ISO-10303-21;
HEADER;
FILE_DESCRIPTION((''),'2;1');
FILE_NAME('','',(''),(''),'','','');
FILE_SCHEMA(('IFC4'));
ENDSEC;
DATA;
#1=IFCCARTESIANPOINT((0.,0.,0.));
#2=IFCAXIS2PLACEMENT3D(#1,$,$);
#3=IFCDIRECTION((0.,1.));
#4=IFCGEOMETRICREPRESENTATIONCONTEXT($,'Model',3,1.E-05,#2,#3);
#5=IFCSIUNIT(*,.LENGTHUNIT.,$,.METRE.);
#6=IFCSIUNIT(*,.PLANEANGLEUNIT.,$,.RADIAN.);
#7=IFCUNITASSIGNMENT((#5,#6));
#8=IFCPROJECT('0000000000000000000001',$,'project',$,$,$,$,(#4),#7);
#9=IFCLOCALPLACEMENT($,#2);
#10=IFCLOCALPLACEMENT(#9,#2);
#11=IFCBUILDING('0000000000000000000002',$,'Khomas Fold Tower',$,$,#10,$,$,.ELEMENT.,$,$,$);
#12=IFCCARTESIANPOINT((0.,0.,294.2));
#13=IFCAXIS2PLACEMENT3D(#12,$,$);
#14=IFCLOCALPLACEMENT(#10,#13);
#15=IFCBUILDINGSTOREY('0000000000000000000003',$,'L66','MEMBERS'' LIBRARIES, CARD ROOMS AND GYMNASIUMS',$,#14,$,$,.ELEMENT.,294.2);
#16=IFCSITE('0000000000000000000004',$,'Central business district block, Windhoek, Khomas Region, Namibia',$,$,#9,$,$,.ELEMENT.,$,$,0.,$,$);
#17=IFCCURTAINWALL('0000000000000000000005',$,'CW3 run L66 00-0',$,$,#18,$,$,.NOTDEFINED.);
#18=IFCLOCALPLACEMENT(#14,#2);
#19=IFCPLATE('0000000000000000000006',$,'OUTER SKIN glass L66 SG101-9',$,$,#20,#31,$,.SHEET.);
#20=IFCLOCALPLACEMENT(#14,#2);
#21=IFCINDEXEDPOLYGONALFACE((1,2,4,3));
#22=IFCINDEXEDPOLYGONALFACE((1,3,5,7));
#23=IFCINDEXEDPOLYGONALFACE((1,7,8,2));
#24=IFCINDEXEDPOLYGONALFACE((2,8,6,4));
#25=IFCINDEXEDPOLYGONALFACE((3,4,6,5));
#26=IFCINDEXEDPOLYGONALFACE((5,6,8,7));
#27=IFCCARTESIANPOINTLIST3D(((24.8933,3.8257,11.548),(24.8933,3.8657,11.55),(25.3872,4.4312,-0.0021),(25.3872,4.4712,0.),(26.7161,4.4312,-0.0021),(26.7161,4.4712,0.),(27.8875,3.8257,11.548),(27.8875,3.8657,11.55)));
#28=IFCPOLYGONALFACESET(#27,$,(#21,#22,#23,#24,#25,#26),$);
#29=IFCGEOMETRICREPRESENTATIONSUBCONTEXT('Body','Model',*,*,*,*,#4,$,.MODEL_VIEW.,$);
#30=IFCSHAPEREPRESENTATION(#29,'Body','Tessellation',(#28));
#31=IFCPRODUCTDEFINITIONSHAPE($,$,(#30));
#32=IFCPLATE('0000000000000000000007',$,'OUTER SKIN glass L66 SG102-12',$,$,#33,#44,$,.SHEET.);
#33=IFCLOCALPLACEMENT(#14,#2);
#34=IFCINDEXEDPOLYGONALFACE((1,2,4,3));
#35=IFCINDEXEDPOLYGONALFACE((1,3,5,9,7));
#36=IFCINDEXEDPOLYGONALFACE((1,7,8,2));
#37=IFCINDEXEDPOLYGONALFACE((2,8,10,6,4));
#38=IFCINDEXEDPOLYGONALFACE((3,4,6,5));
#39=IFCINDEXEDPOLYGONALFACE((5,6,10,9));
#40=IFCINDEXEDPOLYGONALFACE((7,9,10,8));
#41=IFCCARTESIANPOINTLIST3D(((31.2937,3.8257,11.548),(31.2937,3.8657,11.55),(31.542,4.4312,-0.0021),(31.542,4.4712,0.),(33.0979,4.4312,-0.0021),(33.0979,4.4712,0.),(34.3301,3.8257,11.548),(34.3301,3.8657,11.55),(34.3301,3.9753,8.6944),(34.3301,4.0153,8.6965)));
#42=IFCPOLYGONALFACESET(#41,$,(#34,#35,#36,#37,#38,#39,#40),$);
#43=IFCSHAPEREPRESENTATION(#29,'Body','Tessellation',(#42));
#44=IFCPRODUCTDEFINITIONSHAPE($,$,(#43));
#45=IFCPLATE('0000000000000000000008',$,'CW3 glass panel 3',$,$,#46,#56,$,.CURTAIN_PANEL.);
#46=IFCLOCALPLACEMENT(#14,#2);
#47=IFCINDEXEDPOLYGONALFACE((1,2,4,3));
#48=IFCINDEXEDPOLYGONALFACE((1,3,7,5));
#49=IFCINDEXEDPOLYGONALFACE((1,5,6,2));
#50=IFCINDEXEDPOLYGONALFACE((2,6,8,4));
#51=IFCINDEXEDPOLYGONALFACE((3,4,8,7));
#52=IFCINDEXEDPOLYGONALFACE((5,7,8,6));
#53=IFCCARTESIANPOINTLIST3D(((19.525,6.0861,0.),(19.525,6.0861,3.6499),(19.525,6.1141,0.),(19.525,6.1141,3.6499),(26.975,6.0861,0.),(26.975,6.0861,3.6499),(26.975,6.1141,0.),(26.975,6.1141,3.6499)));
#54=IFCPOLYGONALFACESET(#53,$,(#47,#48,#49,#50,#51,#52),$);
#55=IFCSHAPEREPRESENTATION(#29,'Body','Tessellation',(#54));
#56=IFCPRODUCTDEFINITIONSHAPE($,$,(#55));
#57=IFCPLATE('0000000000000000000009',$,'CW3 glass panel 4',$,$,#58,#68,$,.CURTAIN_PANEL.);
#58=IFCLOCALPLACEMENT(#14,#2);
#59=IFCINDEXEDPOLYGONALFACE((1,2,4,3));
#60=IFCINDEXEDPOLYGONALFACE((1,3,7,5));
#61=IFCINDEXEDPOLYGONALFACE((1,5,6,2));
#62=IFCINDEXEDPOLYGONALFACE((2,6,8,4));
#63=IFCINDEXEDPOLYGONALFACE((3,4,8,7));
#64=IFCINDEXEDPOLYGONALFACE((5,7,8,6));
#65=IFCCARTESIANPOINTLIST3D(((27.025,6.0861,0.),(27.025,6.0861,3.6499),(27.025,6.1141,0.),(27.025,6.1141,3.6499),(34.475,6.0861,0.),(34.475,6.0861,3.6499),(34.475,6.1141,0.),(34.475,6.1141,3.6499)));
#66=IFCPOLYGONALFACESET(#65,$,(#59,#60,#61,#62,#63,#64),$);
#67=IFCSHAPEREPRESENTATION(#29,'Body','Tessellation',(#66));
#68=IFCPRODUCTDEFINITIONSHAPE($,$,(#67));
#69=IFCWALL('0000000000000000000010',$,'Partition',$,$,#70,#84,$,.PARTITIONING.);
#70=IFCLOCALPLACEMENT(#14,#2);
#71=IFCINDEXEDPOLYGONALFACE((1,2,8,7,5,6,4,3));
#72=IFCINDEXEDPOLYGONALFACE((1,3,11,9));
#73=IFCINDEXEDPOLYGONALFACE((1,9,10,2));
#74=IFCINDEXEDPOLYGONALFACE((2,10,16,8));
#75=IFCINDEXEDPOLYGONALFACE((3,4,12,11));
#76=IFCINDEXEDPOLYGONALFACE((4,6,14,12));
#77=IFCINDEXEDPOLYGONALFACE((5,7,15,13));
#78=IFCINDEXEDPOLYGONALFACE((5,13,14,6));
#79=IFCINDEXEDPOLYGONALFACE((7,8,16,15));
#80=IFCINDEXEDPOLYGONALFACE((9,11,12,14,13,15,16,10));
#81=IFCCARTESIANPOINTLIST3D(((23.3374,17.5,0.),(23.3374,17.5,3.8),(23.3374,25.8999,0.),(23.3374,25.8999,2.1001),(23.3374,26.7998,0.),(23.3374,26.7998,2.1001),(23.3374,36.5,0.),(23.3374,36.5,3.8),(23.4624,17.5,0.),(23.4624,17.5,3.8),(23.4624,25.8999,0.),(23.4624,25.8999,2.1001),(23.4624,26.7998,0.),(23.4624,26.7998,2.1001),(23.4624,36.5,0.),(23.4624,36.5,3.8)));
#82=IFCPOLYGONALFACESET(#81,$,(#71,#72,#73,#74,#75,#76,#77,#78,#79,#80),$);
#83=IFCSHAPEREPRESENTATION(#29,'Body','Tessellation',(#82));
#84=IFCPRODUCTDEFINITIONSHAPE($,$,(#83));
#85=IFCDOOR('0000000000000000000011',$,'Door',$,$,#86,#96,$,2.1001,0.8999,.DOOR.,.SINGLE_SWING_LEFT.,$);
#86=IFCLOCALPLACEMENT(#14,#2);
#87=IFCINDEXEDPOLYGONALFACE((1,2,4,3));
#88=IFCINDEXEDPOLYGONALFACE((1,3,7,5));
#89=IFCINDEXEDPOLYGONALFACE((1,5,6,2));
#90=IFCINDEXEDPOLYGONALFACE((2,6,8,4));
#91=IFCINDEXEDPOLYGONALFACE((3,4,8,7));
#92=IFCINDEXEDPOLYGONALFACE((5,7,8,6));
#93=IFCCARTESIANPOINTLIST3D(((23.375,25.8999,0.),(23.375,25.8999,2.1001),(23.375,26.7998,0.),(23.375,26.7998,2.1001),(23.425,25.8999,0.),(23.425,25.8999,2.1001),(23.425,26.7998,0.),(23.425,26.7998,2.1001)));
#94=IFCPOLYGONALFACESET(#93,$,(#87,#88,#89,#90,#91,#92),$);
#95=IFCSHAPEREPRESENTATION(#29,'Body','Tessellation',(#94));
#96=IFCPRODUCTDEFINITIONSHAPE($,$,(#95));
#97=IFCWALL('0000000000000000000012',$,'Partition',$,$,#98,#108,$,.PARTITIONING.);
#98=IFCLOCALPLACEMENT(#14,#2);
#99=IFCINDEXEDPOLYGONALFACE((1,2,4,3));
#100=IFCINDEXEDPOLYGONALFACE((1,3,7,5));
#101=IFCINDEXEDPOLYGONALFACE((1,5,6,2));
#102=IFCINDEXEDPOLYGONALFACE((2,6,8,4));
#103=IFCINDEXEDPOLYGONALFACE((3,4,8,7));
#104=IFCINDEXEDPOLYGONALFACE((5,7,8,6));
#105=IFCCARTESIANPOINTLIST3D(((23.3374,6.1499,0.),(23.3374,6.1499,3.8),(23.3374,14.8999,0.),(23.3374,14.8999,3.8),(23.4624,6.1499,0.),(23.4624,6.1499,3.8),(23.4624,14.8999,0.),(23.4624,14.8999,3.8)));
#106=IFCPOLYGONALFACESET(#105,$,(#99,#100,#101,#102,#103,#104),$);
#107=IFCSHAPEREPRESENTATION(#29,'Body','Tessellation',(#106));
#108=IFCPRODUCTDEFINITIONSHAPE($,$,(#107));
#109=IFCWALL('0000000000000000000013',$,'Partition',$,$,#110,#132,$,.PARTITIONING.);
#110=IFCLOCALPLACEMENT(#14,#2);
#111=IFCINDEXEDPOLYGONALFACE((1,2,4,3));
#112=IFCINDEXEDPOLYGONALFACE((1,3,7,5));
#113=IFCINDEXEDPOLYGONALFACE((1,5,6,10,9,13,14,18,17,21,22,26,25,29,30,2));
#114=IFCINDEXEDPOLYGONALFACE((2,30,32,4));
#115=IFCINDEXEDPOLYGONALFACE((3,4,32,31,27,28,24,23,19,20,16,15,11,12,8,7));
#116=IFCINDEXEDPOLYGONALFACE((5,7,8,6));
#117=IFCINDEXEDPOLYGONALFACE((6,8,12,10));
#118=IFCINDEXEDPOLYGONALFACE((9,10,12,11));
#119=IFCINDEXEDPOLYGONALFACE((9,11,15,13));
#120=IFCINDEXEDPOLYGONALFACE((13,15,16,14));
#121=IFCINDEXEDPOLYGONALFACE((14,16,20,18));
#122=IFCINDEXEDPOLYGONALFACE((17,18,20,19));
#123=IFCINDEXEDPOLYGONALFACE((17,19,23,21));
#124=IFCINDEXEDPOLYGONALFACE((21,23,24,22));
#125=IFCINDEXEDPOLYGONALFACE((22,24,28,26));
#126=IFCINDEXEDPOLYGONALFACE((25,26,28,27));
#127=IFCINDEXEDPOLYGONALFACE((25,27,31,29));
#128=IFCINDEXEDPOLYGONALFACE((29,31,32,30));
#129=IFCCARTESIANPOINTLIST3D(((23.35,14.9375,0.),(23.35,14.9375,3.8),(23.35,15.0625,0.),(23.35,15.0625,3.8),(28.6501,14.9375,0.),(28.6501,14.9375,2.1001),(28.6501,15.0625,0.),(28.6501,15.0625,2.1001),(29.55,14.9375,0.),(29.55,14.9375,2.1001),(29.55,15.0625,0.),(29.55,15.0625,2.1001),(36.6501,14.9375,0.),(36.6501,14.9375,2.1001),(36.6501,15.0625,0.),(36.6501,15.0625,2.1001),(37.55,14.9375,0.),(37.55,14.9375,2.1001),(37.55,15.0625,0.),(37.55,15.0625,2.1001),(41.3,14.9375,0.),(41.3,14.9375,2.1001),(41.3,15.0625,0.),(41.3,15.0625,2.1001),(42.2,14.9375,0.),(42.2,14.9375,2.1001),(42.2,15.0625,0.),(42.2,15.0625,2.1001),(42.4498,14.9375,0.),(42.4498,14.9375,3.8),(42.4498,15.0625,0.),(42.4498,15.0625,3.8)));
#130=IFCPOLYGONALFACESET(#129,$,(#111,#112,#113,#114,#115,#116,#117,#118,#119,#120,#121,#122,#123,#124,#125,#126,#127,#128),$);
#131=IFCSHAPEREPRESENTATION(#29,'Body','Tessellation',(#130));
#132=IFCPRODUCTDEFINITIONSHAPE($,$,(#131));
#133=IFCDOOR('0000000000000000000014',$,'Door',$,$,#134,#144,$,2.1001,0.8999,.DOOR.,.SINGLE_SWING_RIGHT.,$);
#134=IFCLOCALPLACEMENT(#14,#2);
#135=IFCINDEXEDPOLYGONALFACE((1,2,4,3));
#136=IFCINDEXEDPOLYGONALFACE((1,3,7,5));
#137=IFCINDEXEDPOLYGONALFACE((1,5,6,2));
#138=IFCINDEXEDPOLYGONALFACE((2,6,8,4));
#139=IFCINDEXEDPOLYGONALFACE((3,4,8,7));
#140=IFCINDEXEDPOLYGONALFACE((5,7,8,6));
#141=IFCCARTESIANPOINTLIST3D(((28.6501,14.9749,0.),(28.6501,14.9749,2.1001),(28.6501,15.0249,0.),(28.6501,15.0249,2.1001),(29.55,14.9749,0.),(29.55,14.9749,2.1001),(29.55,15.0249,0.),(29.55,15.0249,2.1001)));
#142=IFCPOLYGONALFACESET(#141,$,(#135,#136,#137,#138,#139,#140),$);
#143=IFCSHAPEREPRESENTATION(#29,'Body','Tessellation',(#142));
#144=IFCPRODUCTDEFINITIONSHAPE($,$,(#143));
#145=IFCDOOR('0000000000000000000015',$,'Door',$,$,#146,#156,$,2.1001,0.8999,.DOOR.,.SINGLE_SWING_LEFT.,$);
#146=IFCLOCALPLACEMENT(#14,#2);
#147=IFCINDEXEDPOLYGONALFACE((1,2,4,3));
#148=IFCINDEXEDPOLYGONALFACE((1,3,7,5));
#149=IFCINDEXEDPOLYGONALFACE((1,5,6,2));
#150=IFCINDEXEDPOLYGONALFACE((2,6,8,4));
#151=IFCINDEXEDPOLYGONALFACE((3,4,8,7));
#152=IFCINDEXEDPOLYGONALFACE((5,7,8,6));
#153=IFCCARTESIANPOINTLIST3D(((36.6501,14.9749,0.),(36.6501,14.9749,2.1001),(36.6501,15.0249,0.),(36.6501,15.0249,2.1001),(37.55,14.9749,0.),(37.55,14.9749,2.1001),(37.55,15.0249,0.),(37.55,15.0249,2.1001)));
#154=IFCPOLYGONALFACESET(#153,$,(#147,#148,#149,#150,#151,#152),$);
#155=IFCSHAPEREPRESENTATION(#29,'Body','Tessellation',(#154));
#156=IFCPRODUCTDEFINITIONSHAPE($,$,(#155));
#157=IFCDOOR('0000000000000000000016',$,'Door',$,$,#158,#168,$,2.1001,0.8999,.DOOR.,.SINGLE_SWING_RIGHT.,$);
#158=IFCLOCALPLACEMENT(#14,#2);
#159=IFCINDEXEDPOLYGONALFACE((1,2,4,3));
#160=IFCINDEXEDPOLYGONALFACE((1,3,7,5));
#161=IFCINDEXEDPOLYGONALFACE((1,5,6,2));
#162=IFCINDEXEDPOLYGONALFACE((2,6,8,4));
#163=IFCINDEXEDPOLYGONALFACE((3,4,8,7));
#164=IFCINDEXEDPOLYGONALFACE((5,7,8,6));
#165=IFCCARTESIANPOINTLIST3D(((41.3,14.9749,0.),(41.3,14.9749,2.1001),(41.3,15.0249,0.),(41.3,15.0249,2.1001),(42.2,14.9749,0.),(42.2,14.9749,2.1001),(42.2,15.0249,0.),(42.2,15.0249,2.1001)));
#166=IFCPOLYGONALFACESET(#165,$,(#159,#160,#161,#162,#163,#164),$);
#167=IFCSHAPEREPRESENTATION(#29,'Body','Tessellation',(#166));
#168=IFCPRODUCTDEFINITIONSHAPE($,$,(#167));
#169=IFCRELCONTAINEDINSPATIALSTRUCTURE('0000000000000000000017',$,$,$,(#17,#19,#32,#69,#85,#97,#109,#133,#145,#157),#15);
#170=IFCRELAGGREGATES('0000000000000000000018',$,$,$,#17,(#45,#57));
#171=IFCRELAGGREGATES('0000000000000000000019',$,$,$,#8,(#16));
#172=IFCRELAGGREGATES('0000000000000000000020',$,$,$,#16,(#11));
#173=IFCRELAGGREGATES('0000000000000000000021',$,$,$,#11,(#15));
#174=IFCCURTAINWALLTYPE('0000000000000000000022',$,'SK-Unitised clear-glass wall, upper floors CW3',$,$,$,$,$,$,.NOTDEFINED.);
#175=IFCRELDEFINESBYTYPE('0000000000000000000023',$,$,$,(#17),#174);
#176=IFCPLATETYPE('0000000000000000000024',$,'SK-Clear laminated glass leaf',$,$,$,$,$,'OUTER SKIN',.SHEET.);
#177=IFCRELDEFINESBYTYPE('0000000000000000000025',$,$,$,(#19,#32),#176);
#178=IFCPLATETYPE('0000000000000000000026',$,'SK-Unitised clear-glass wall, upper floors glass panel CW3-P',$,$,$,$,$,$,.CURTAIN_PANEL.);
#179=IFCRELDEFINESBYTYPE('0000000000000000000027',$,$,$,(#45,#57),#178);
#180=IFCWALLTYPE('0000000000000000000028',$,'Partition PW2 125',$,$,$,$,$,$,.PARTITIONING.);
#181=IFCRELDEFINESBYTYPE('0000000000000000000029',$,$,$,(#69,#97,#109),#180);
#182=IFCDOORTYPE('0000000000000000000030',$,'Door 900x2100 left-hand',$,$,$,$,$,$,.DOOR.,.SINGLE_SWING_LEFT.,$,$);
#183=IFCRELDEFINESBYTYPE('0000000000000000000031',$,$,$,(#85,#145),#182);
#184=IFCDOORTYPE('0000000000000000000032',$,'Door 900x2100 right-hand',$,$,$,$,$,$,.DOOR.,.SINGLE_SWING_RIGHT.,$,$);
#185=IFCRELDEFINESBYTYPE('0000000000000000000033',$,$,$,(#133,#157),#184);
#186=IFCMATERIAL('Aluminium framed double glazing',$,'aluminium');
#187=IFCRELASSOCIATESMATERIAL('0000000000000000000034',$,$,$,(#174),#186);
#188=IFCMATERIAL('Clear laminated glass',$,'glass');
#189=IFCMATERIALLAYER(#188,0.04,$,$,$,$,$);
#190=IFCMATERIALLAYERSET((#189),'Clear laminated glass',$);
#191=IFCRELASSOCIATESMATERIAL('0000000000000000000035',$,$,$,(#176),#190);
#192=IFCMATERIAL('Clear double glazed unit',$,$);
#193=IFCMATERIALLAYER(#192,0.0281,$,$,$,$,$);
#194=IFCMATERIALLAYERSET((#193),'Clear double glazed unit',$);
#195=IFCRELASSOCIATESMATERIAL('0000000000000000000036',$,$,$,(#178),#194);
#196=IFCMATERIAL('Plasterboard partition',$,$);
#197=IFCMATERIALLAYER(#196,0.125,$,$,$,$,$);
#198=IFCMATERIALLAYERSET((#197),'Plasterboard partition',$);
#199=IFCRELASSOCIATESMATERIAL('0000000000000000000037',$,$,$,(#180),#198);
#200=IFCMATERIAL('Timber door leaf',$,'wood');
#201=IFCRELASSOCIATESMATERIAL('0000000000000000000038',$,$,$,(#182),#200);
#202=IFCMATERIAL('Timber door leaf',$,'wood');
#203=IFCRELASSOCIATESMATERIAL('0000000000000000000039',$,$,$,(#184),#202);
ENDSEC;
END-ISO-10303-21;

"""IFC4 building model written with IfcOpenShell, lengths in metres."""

from ifc_helpers import new_model, si_unit, direction, frame, frame_2d, origin, origin_2d, place, context, subcontext, project, spatial, polyline, rectangle, outline, extrude, source, transform, mapped, material, layer, layer_set, type_object, element, fill, aggregate, save


model = new_model("IFC4")

# Units and contexts
model_context = context("Model", 3, precision=1e-05, world=origin(), true_north=direction((0.0, 1.0)))
body_context = subcontext(model_context, "Body", "Model", "MODEL_VIEW")
ifc_project = project(units=[si_unit("LENGTHUNIT", "METRE"), si_unit("PLANEANGLEUNIT", "RADIAN")], contexts=[model_context])

# Site, building, storey
site_placement = place(None, origin())
site = spatial("IfcSite", under=ifc_project, at=site_placement, Name="Central business district block, Windhoek, Khomas Region, Namibia", CompositionType="ELEMENT", RefElevation=0.0)
building_placement = place(site_placement, origin())
building = spatial("IfcBuilding", under=site, at=building_placement, Name="Khomas Fold Tower", CompositionType="ELEMENT")
storey_placement = place(building_placement, frame((0.0, 0.0, 294.2)))
storey = spatial("IfcBuildingStorey", under=building, at=storey_placement, Name="L66", Description="MEMBERS' LIBRARIES, CARD ROOMS AND GYMNASIUMS", CompositionType="ELEMENT", Elevation=294.2)

# Curtain wall
ifc_material_1 = material(Name="Aluminium framed double glazing", Category="aluminium")
curtain_wall_type = type_object("IfcCurtainWallType", Name="SK-Unitised clear-glass wall, upper floors CW3", PredefinedType="NOTDEFINED", material=ifc_material_1)
curtain_wall_placement = place(storey_placement, origin())
curtain_wall = element("IfcCurtainWall", 1, at=curtain_wall_placement, inside=storey, type_object=curtain_wall_type, Name="CW3 run L66 00-0", PredefinedType="NOTDEFINED")

# Plates
ifc_material_2 = material(Name="Clear laminated glass", Category="glass")
ifc_layer_1 = layer(ifc_material_2, 0.04)
ifc_layer_set_1 = layer_set([ifc_layer_1], Name="Clear laminated glass")
plate_type_1 = type_object("IfcPlateType", Name="SK-Clear laminated glass leaf", ElementType="OUTER SKIN", PredefinedType="SHEET", material=ifc_layer_set_1)
plate_1_placement = place(storey_placement, frame((26.7161, 4.4712, 0.0), z_axis=(0.0, 0.998629, 0.052349), x_axis=(-1.0, 0.0, 0.0)))
element("IfcPlate", 2, at=plate_1_placement, inside=storey, type_object=plate_type_1, Name="OUTER SKIN glass L66 SG101-9", PredefinedType="SHEET", context=body_context, shape_type="SweptSolid", body=[
    extrude(outline(polyline([(0.0, 0.0), (1.3289, 0.0), (1.8228, 11.5659), (-1.1714, 11.5659), (0.0, 0.0)])), origin(), (0.0, 0.0, -1.0), 0.04),
])
plate_2_placement = place(storey_placement, frame((33.0979, 4.4712, 0.0), z_axis=(-0.000015, 0.998629, 0.052351), x_axis=(-1.0, -0.000015, -0.000001)))
element("IfcPlate", 3, at=plate_2_placement, inside=storey, type_object=plate_type_1, Name="OUTER SKIN glass L66 SG102-12", PredefinedType="SHEET", context=body_context, shape_type="SweptSolid", body=[
    extrude(outline(polyline([(0.0, 0.0), (1.5559, 0.0), (1.8042, 11.5659), (-1.2322, 11.5659), (-1.2322, 8.7085), (0.0, 0.0)])), origin(), (0.0, 0.0, -1.0), 0.04),
])

# Plates
ifc_material_3 = material(Name="Clear double glazed unit")
ifc_layer_2 = layer(ifc_material_3, 0.0281)
ifc_layer_set_2 = layer_set([ifc_layer_2], Name="Clear double glazed unit")
plate_type_2 = type_object("IfcPlateType", Name="SK-Unitised clear-glass wall, upper floors glass panel CW3-P", PredefinedType="CURTAIN_PANEL", material=ifc_layer_set_2)
shared_shape_1 = source(origin(), body_context, "Body", "SweptSolid", [
    extrude(rectangle(XDim=7.45, YDim=0.0281, at=origin_2d()), origin(), (0.0, 0.0, 1.0), 3.6499),
])
plate_3_placement = place(storey_placement, frame((23.25, 6.1001, 0.0), z_axis=(0.0, 0.0, 1.0), x_axis=(1.0, 0.0, 0.0)))
plate_3 = element("IfcPlate", 4, at=plate_3_placement, type_object=plate_type_2, Name="CW3 glass panel 3", PredefinedType="CURTAIN_PANEL", context=body_context, shape_type="MappedRepresentation", body=[
    mapped(shared_shape_1, transform((0.0, 0.0, 0.0))),
])
plate_4_placement = place(storey_placement, frame((30.75, 6.1001, 0.0), z_axis=(0.0, 0.0, 1.0), x_axis=(1.0, 0.0, 0.0)))
plate_4 = element("IfcPlate", 5, at=plate_4_placement, type_object=plate_type_2, Name="CW3 glass panel 4", PredefinedType="CURTAIN_PANEL", context=body_context, shape_type="MappedRepresentation", body=[
    mapped(shared_shape_1, transform((0.0, 0.0, 0.0))),
])
aggregate(curtain_wall, [plate_3, plate_4])

# Wall, opening, door
ifc_material_4 = material(Name="Plasterboard partition")
ifc_layer_3 = layer(ifc_material_4, 0.125)
ifc_layer_set_3 = layer_set([ifc_layer_3], Name="Plasterboard partition")
wall_type_1 = type_object("IfcWallType", Name="Partition PW2 125", PredefinedType="PARTITIONING", material=ifc_layer_set_3)
shared_shape_2 = source(origin(), body_context, "Body", "SweptSolid", [
    extrude(rectangle(XDim=19.0, YDim=0.125, at=frame_2d((9.5, 0.0))), origin(), (0.0, 0.0, 1.0), 3.8),
])
wall_1_placement = place(storey_placement, frame((23.3999, 17.5, 0.0), z_axis=(0.0, 0.0, 1.0), x_axis=(0.0, 1.0, 0.0)))
wall_1 = element("IfcWall", 6, at=wall_1_placement, inside=storey, type_object=wall_type_1, Name="Partition", PredefinedType="PARTITIONING", context=body_context, shape_type="MappedRepresentation", body=[
    mapped(shared_shape_2, transform((0.0, 0.0, 0.0))),
])
shared_shape_3 = source(origin(), body_context, "Body", "SweptSolid", [
    extrude(rectangle(XDim=0.8999, YDim=2.1001, at=frame_2d((0.45, 1.05))), frame((0.0, 0.0725, 0.0), z_axis=(0.0, -1.0, 0.0), x_axis=(1.0, 0.0, 0.0)), (0.0, 0.0, 1.0), 0.145),
])
opening_1_placement = place(wall_1_placement, frame((8.3999, 0.0, 0.0)))
opening_1 = element("IfcOpeningElement", 7, at=opening_1_placement, cuts=wall_1, PredefinedType="OPENING", context=body_context, shape_type="MappedRepresentation", body=[
    mapped(shared_shape_3, transform((0.0, 0.0, 0.0))),
])
ifc_material_5 = material(Name="Timber door leaf", Category="wood")
door_type_1 = type_object("IfcDoorType", Name="Door 900x2100 left-hand", OperationType="SINGLE_SWING_LEFT", PredefinedType="DOOR", material=ifc_material_5)
shared_shape_4 = source(origin(), body_context, "Body", "SweptSolid", [
    extrude(rectangle(XDim=0.8999, YDim=2.1001, at=frame_2d((0.45, 1.05))), frame((0.0, 0.0249, 0.0), z_axis=(0.0, -1.0, 0.0), x_axis=(1.0, 0.0, 0.0)), (0.0, 0.0, 1.0), 0.05),
])
door_1_placement = place(opening_1_placement, origin())
door_1 = element("IfcDoor", 8, at=door_1_placement, inside=storey, type_object=door_type_1, Name="Door", OperationType="SINGLE_SWING_LEFT", OverallHeight=2.1001, OverallWidth=0.8999, PredefinedType="DOOR", context=body_context, shape_type="MappedRepresentation", body=[
    mapped(shared_shape_4, transform((0.0, 0.0, 0.0))),
])
fill(opening_1, door_1)

# Wall
shared_shape_5 = source(origin(), body_context, "Body", "SweptSolid", [
    extrude(rectangle(XDim=8.75, YDim=0.125, at=frame_2d((4.375, 0.0))), origin(), (0.0, 0.0, 1.0), 3.8),
])
wall_2_placement = place(storey_placement, frame((23.3999, 6.1499, 0.0), z_axis=(0.0, 0.0, 1.0), x_axis=(0.0, 1.0, 0.0)))
element("IfcWall", 9, at=wall_2_placement, inside=storey, type_object=wall_type_1, Name="Partition", PredefinedType="PARTITIONING", context=body_context, shape_type="MappedRepresentation", body=[
    mapped(shared_shape_5, transform((0.0, 0.0, 0.0))),
])

# Wall, openings, doors
shared_shape_6 = source(origin(), body_context, "Body", "SweptSolid", [
    extrude(rectangle(XDim=19.0999, YDim=0.125, at=frame_2d((9.5498, 0.0))), origin(), (0.0, 0.0, 1.0), 3.8),
])
wall_3_placement = place(storey_placement, frame((23.3501, 15.0, 0.0), z_axis=(0.0, 0.0, 1.0), x_axis=(1.0, 0.0, 0.0)))
wall_3 = element("IfcWall", 10, at=wall_3_placement, inside=storey, type_object=wall_type_1, Name="Partition", PredefinedType="PARTITIONING", context=body_context, shape_type="MappedRepresentation", body=[
    mapped(shared_shape_6, transform((0.0, 0.0, 0.0))),
])
opening_2_placement = place(wall_3_placement, frame((5.3, 0.0, 0.0)))
opening_2 = element("IfcOpeningElement", 11, at=opening_2_placement, cuts=wall_3, PredefinedType="OPENING", context=body_context, shape_type="MappedRepresentation", body=[
    mapped(shared_shape_3, transform((0.0, 0.0, 0.0))),
])
opening_3_placement = place(wall_3_placement, frame((13.3, 0.0, 0.0)))
opening_3 = element("IfcOpeningElement", 12, at=opening_3_placement, cuts=wall_3, PredefinedType="OPENING", context=body_context, shape_type="MappedRepresentation", body=[
    mapped(shared_shape_3, transform((0.0, 0.0, 0.0))),
])
opening_4_placement = place(wall_3_placement, frame((17.95, 0.0, 0.0)))
opening_4 = element("IfcOpeningElement", 13, at=opening_4_placement, cuts=wall_3, PredefinedType="OPENING", context=body_context, shape_type="MappedRepresentation", body=[
    mapped(shared_shape_3, transform((0.0, 0.0, 0.0))),
])
ifc_material_6 = material(Name="Timber door leaf", Category="wood")
door_type_2 = type_object("IfcDoorType", Name="Door 900x2100 right-hand", OperationType="SINGLE_SWING_RIGHT", PredefinedType="DOOR", material=ifc_material_6)
door_2_placement = place(opening_2_placement, origin())
door_2 = element("IfcDoor", 14, at=door_2_placement, inside=storey, type_object=door_type_2, Name="Door", OperationType="SINGLE_SWING_RIGHT", OverallHeight=2.1001, OverallWidth=0.8999, PredefinedType="DOOR", context=body_context, shape_type="MappedRepresentation", body=[
    mapped(shared_shape_4, transform((0.0, 0.0, 0.0))),
])
fill(opening_2, door_2)
door_3_placement = place(opening_3_placement, origin())
door_3 = element("IfcDoor", 15, at=door_3_placement, inside=storey, type_object=door_type_1, Name="Door", OperationType="SINGLE_SWING_LEFT", OverallHeight=2.1001, OverallWidth=0.8999, PredefinedType="DOOR", context=body_context, shape_type="MappedRepresentation", body=[
    mapped(shared_shape_4, transform((0.0, 0.0, 0.0))),
])
fill(opening_3, door_3)
door_4_placement = place(opening_4_placement, origin())
door_4 = element("IfcDoor", 16, at=door_4_placement, inside=storey, type_object=door_type_2, Name="Door", OperationType="SINGLE_SWING_RIGHT", OverallHeight=2.1001, OverallWidth=0.8999, PredefinedType="DOOR", context=body_context, shape_type="MappedRepresentation", body=[
    mapped(shared_shape_4, transform((0.0, 0.0, 0.0))),
])
fill(opening_4, door_4)

save(model, "model.ifc")
